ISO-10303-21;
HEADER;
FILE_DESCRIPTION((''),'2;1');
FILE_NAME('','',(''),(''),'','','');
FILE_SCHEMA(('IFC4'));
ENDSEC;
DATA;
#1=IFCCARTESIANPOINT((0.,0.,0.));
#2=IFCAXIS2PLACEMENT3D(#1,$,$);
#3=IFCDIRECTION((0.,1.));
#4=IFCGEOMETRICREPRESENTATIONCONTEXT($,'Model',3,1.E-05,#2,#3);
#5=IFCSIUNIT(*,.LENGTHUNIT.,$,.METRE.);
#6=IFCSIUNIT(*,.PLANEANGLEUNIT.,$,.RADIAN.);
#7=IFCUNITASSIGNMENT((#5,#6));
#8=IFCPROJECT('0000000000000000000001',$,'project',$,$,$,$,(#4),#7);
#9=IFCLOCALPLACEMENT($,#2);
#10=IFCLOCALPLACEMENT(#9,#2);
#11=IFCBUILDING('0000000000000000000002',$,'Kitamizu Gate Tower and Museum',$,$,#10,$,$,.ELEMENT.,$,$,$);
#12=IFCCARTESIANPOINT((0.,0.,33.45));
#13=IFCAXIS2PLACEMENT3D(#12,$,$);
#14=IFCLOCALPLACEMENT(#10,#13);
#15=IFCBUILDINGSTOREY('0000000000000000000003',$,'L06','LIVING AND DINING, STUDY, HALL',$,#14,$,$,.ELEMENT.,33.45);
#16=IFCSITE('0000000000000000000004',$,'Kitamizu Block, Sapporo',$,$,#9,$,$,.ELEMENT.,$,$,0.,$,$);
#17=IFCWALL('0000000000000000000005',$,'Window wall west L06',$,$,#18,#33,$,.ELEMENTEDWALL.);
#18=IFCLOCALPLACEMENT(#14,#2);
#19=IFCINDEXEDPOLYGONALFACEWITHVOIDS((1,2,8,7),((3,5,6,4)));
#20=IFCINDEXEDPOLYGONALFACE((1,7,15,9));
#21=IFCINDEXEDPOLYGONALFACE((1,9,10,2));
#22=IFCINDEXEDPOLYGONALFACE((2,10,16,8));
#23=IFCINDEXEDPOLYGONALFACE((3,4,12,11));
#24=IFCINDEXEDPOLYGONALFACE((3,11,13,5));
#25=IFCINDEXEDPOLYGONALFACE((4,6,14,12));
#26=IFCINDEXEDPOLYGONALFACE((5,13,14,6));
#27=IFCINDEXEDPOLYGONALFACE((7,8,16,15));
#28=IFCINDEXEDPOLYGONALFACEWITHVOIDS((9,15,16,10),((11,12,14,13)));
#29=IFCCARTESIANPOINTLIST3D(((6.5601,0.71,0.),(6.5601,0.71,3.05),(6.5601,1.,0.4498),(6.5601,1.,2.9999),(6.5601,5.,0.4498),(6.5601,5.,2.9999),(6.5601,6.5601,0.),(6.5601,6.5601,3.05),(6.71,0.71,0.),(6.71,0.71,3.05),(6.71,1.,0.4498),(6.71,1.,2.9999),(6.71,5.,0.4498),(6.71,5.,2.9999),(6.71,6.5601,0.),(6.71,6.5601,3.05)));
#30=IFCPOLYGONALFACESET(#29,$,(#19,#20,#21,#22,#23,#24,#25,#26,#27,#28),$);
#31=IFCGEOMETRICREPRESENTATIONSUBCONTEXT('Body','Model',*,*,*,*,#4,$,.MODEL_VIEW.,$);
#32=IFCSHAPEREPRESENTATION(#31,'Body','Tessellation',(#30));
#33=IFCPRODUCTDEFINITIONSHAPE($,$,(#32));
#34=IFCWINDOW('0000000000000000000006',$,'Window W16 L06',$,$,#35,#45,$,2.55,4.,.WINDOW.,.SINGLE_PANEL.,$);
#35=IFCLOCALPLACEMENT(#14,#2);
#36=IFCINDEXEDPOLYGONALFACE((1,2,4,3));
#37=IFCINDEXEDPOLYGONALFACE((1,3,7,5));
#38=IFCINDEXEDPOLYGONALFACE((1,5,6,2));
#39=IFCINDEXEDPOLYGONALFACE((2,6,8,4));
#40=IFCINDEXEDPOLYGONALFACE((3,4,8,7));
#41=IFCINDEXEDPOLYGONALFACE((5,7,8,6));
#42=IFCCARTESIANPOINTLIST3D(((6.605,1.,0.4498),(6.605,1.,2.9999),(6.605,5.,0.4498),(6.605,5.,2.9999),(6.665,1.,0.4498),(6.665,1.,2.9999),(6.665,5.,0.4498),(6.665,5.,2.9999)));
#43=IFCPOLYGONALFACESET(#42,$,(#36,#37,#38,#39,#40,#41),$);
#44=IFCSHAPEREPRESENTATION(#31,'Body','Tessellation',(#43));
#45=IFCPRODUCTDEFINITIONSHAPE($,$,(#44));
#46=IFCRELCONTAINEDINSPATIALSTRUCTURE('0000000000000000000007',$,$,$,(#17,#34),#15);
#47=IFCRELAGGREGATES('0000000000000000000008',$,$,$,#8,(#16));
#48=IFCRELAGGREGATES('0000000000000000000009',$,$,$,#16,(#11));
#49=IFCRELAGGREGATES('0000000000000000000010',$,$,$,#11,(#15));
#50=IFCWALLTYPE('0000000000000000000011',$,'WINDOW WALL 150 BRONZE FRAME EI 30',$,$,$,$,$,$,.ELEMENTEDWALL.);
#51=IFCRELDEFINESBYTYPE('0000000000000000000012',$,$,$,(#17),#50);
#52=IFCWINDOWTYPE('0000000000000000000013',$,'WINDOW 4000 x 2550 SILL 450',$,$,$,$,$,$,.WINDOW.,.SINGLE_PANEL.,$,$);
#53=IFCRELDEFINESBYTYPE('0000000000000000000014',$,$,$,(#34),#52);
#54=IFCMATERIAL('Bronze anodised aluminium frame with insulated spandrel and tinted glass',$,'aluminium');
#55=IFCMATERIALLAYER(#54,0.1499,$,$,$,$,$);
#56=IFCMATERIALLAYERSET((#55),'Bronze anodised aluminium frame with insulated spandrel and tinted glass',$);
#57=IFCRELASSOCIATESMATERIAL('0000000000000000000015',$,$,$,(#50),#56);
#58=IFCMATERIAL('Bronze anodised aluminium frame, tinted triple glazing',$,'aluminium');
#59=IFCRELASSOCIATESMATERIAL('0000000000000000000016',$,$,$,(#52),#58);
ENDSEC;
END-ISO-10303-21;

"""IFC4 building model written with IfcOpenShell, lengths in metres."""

from ifc_helpers import new_model, si_unit, direction, frame, frame_2d, origin, place, context, subcontext, project, spatial, rectangle, extrude, material, layer, layer_set, type_object, element, fill, save


model = new_model("IFC4")

# Units and contexts
model_context = context("Model", 3, precision=1e-05, world=origin(), true_north=direction((0.0, 1.0)))
body_context = subcontext(model_context, "Body", "Model", "MODEL_VIEW")
ifc_project = project(units=[si_unit("LENGTHUNIT", "METRE"), si_unit("PLANEANGLEUNIT", "RADIAN")], contexts=[model_context])

# Site, building, storey
site_placement = place(None, origin())
site = spatial("IfcSite", under=ifc_project, at=site_placement, Name="Kitamizu Block, Sapporo", CompositionType="ELEMENT", RefElevation=0.0)
building_placement = place(site_placement, origin())
building = spatial("IfcBuilding", under=site, at=building_placement, Name="Kitamizu Gate Tower and Museum", CompositionType="ELEMENT")
storey_placement = place(building_placement, frame((0.0, 0.0, 33.45)))
storey = spatial("IfcBuildingStorey", under=building, at=storey_placement, Name="L06", Description="LIVING AND DINING, STUDY, HALL", CompositionType="ELEMENT", Elevation=33.45)

# Shared definitions
ifc_material_1 = material(Name="Bronze anodised aluminium frame with insulated spandrel and tinted glass", Category="aluminium")
ifc_layer = layer(ifc_material_1, 0.1499)
ifc_layer_set = layer_set([ifc_layer], Name="Bronze anodised aluminium frame with insulated spandrel and tinted glass")
wall_type = type_object("IfcWallType", Name="WINDOW WALL 150 BRONZE FRAME EI 30", PredefinedType="ELEMENTEDWALL", material=ifc_layer_set)

# Wall, opening, window
wall_1_placement = place(storey_placement, frame((6.635, 0.71, 0.0), z_axis=(0.0, 0.0, 1.0), x_axis=(0.0, 1.0, 0.0)))
wall_1 = element("IfcWall", 1, at=wall_1_placement, inside=storey, type_object=wall_type, Name="Window wall west L06", PredefinedType="ELEMENTEDWALL", context=body_context, shape_type="SweptSolid", body=[
    extrude(rectangle(XDim=5.8501, YDim=0.1499, at=frame_2d((2.925, 0.0))), origin(), (0.0, 0.0, 1.0), 3.05),
])
opening_1_placement = place(wall_1_placement, frame((0.29, 0.0, 0.45)))
opening_1 = element("IfcOpeningElement", 2, at=opening_1_placement, cuts=wall_1, PredefinedType="OPENING", context=body_context, shape_type="SweptSolid", body=[
    extrude(rectangle(XDim=4.0, YDim=2.55, at=frame_2d((2.0, 1.2749))), frame((0.0, 0.085, 0.0), z_axis=(0.0, -1.0, 0.0), x_axis=(1.0, 0.0, 0.0)), (0.0, 0.0, 1.0), 0.1699),
])
ifc_material_2 = material(Name="Bronze anodised aluminium frame, tinted triple glazing", Category="aluminium")
window_type_1 = type_object("IfcWindowType", Name="WINDOW 4000 x 2550 SILL 450", PartitioningType="SINGLE_PANEL", PredefinedType="WINDOW", material=ifc_material_2)
window_1_placement = place(opening_1_placement, origin())
window_1 = element("IfcWindow", 3, at=window_1_placement, inside=storey, type_object=window_type_1, Name="Window W16 L06", OverallHeight=2.55, OverallWidth=4.0, PartitioningType="SINGLE_PANEL", PredefinedType="WINDOW", context=body_context, shape_type="SweptSolid", body=[
    extrude(rectangle(XDim=4.0, YDim=2.55, at=frame_2d((2.0, 1.2749))), frame((0.0, 0.03, 0.0), z_axis=(0.0, -1.0, 0.0), x_axis=(1.0, 0.0, 0.0)), (0.0, 0.0, 1.0), 0.0601),
])
fill(opening_1, window_1)

save(model, "model.ifc")
